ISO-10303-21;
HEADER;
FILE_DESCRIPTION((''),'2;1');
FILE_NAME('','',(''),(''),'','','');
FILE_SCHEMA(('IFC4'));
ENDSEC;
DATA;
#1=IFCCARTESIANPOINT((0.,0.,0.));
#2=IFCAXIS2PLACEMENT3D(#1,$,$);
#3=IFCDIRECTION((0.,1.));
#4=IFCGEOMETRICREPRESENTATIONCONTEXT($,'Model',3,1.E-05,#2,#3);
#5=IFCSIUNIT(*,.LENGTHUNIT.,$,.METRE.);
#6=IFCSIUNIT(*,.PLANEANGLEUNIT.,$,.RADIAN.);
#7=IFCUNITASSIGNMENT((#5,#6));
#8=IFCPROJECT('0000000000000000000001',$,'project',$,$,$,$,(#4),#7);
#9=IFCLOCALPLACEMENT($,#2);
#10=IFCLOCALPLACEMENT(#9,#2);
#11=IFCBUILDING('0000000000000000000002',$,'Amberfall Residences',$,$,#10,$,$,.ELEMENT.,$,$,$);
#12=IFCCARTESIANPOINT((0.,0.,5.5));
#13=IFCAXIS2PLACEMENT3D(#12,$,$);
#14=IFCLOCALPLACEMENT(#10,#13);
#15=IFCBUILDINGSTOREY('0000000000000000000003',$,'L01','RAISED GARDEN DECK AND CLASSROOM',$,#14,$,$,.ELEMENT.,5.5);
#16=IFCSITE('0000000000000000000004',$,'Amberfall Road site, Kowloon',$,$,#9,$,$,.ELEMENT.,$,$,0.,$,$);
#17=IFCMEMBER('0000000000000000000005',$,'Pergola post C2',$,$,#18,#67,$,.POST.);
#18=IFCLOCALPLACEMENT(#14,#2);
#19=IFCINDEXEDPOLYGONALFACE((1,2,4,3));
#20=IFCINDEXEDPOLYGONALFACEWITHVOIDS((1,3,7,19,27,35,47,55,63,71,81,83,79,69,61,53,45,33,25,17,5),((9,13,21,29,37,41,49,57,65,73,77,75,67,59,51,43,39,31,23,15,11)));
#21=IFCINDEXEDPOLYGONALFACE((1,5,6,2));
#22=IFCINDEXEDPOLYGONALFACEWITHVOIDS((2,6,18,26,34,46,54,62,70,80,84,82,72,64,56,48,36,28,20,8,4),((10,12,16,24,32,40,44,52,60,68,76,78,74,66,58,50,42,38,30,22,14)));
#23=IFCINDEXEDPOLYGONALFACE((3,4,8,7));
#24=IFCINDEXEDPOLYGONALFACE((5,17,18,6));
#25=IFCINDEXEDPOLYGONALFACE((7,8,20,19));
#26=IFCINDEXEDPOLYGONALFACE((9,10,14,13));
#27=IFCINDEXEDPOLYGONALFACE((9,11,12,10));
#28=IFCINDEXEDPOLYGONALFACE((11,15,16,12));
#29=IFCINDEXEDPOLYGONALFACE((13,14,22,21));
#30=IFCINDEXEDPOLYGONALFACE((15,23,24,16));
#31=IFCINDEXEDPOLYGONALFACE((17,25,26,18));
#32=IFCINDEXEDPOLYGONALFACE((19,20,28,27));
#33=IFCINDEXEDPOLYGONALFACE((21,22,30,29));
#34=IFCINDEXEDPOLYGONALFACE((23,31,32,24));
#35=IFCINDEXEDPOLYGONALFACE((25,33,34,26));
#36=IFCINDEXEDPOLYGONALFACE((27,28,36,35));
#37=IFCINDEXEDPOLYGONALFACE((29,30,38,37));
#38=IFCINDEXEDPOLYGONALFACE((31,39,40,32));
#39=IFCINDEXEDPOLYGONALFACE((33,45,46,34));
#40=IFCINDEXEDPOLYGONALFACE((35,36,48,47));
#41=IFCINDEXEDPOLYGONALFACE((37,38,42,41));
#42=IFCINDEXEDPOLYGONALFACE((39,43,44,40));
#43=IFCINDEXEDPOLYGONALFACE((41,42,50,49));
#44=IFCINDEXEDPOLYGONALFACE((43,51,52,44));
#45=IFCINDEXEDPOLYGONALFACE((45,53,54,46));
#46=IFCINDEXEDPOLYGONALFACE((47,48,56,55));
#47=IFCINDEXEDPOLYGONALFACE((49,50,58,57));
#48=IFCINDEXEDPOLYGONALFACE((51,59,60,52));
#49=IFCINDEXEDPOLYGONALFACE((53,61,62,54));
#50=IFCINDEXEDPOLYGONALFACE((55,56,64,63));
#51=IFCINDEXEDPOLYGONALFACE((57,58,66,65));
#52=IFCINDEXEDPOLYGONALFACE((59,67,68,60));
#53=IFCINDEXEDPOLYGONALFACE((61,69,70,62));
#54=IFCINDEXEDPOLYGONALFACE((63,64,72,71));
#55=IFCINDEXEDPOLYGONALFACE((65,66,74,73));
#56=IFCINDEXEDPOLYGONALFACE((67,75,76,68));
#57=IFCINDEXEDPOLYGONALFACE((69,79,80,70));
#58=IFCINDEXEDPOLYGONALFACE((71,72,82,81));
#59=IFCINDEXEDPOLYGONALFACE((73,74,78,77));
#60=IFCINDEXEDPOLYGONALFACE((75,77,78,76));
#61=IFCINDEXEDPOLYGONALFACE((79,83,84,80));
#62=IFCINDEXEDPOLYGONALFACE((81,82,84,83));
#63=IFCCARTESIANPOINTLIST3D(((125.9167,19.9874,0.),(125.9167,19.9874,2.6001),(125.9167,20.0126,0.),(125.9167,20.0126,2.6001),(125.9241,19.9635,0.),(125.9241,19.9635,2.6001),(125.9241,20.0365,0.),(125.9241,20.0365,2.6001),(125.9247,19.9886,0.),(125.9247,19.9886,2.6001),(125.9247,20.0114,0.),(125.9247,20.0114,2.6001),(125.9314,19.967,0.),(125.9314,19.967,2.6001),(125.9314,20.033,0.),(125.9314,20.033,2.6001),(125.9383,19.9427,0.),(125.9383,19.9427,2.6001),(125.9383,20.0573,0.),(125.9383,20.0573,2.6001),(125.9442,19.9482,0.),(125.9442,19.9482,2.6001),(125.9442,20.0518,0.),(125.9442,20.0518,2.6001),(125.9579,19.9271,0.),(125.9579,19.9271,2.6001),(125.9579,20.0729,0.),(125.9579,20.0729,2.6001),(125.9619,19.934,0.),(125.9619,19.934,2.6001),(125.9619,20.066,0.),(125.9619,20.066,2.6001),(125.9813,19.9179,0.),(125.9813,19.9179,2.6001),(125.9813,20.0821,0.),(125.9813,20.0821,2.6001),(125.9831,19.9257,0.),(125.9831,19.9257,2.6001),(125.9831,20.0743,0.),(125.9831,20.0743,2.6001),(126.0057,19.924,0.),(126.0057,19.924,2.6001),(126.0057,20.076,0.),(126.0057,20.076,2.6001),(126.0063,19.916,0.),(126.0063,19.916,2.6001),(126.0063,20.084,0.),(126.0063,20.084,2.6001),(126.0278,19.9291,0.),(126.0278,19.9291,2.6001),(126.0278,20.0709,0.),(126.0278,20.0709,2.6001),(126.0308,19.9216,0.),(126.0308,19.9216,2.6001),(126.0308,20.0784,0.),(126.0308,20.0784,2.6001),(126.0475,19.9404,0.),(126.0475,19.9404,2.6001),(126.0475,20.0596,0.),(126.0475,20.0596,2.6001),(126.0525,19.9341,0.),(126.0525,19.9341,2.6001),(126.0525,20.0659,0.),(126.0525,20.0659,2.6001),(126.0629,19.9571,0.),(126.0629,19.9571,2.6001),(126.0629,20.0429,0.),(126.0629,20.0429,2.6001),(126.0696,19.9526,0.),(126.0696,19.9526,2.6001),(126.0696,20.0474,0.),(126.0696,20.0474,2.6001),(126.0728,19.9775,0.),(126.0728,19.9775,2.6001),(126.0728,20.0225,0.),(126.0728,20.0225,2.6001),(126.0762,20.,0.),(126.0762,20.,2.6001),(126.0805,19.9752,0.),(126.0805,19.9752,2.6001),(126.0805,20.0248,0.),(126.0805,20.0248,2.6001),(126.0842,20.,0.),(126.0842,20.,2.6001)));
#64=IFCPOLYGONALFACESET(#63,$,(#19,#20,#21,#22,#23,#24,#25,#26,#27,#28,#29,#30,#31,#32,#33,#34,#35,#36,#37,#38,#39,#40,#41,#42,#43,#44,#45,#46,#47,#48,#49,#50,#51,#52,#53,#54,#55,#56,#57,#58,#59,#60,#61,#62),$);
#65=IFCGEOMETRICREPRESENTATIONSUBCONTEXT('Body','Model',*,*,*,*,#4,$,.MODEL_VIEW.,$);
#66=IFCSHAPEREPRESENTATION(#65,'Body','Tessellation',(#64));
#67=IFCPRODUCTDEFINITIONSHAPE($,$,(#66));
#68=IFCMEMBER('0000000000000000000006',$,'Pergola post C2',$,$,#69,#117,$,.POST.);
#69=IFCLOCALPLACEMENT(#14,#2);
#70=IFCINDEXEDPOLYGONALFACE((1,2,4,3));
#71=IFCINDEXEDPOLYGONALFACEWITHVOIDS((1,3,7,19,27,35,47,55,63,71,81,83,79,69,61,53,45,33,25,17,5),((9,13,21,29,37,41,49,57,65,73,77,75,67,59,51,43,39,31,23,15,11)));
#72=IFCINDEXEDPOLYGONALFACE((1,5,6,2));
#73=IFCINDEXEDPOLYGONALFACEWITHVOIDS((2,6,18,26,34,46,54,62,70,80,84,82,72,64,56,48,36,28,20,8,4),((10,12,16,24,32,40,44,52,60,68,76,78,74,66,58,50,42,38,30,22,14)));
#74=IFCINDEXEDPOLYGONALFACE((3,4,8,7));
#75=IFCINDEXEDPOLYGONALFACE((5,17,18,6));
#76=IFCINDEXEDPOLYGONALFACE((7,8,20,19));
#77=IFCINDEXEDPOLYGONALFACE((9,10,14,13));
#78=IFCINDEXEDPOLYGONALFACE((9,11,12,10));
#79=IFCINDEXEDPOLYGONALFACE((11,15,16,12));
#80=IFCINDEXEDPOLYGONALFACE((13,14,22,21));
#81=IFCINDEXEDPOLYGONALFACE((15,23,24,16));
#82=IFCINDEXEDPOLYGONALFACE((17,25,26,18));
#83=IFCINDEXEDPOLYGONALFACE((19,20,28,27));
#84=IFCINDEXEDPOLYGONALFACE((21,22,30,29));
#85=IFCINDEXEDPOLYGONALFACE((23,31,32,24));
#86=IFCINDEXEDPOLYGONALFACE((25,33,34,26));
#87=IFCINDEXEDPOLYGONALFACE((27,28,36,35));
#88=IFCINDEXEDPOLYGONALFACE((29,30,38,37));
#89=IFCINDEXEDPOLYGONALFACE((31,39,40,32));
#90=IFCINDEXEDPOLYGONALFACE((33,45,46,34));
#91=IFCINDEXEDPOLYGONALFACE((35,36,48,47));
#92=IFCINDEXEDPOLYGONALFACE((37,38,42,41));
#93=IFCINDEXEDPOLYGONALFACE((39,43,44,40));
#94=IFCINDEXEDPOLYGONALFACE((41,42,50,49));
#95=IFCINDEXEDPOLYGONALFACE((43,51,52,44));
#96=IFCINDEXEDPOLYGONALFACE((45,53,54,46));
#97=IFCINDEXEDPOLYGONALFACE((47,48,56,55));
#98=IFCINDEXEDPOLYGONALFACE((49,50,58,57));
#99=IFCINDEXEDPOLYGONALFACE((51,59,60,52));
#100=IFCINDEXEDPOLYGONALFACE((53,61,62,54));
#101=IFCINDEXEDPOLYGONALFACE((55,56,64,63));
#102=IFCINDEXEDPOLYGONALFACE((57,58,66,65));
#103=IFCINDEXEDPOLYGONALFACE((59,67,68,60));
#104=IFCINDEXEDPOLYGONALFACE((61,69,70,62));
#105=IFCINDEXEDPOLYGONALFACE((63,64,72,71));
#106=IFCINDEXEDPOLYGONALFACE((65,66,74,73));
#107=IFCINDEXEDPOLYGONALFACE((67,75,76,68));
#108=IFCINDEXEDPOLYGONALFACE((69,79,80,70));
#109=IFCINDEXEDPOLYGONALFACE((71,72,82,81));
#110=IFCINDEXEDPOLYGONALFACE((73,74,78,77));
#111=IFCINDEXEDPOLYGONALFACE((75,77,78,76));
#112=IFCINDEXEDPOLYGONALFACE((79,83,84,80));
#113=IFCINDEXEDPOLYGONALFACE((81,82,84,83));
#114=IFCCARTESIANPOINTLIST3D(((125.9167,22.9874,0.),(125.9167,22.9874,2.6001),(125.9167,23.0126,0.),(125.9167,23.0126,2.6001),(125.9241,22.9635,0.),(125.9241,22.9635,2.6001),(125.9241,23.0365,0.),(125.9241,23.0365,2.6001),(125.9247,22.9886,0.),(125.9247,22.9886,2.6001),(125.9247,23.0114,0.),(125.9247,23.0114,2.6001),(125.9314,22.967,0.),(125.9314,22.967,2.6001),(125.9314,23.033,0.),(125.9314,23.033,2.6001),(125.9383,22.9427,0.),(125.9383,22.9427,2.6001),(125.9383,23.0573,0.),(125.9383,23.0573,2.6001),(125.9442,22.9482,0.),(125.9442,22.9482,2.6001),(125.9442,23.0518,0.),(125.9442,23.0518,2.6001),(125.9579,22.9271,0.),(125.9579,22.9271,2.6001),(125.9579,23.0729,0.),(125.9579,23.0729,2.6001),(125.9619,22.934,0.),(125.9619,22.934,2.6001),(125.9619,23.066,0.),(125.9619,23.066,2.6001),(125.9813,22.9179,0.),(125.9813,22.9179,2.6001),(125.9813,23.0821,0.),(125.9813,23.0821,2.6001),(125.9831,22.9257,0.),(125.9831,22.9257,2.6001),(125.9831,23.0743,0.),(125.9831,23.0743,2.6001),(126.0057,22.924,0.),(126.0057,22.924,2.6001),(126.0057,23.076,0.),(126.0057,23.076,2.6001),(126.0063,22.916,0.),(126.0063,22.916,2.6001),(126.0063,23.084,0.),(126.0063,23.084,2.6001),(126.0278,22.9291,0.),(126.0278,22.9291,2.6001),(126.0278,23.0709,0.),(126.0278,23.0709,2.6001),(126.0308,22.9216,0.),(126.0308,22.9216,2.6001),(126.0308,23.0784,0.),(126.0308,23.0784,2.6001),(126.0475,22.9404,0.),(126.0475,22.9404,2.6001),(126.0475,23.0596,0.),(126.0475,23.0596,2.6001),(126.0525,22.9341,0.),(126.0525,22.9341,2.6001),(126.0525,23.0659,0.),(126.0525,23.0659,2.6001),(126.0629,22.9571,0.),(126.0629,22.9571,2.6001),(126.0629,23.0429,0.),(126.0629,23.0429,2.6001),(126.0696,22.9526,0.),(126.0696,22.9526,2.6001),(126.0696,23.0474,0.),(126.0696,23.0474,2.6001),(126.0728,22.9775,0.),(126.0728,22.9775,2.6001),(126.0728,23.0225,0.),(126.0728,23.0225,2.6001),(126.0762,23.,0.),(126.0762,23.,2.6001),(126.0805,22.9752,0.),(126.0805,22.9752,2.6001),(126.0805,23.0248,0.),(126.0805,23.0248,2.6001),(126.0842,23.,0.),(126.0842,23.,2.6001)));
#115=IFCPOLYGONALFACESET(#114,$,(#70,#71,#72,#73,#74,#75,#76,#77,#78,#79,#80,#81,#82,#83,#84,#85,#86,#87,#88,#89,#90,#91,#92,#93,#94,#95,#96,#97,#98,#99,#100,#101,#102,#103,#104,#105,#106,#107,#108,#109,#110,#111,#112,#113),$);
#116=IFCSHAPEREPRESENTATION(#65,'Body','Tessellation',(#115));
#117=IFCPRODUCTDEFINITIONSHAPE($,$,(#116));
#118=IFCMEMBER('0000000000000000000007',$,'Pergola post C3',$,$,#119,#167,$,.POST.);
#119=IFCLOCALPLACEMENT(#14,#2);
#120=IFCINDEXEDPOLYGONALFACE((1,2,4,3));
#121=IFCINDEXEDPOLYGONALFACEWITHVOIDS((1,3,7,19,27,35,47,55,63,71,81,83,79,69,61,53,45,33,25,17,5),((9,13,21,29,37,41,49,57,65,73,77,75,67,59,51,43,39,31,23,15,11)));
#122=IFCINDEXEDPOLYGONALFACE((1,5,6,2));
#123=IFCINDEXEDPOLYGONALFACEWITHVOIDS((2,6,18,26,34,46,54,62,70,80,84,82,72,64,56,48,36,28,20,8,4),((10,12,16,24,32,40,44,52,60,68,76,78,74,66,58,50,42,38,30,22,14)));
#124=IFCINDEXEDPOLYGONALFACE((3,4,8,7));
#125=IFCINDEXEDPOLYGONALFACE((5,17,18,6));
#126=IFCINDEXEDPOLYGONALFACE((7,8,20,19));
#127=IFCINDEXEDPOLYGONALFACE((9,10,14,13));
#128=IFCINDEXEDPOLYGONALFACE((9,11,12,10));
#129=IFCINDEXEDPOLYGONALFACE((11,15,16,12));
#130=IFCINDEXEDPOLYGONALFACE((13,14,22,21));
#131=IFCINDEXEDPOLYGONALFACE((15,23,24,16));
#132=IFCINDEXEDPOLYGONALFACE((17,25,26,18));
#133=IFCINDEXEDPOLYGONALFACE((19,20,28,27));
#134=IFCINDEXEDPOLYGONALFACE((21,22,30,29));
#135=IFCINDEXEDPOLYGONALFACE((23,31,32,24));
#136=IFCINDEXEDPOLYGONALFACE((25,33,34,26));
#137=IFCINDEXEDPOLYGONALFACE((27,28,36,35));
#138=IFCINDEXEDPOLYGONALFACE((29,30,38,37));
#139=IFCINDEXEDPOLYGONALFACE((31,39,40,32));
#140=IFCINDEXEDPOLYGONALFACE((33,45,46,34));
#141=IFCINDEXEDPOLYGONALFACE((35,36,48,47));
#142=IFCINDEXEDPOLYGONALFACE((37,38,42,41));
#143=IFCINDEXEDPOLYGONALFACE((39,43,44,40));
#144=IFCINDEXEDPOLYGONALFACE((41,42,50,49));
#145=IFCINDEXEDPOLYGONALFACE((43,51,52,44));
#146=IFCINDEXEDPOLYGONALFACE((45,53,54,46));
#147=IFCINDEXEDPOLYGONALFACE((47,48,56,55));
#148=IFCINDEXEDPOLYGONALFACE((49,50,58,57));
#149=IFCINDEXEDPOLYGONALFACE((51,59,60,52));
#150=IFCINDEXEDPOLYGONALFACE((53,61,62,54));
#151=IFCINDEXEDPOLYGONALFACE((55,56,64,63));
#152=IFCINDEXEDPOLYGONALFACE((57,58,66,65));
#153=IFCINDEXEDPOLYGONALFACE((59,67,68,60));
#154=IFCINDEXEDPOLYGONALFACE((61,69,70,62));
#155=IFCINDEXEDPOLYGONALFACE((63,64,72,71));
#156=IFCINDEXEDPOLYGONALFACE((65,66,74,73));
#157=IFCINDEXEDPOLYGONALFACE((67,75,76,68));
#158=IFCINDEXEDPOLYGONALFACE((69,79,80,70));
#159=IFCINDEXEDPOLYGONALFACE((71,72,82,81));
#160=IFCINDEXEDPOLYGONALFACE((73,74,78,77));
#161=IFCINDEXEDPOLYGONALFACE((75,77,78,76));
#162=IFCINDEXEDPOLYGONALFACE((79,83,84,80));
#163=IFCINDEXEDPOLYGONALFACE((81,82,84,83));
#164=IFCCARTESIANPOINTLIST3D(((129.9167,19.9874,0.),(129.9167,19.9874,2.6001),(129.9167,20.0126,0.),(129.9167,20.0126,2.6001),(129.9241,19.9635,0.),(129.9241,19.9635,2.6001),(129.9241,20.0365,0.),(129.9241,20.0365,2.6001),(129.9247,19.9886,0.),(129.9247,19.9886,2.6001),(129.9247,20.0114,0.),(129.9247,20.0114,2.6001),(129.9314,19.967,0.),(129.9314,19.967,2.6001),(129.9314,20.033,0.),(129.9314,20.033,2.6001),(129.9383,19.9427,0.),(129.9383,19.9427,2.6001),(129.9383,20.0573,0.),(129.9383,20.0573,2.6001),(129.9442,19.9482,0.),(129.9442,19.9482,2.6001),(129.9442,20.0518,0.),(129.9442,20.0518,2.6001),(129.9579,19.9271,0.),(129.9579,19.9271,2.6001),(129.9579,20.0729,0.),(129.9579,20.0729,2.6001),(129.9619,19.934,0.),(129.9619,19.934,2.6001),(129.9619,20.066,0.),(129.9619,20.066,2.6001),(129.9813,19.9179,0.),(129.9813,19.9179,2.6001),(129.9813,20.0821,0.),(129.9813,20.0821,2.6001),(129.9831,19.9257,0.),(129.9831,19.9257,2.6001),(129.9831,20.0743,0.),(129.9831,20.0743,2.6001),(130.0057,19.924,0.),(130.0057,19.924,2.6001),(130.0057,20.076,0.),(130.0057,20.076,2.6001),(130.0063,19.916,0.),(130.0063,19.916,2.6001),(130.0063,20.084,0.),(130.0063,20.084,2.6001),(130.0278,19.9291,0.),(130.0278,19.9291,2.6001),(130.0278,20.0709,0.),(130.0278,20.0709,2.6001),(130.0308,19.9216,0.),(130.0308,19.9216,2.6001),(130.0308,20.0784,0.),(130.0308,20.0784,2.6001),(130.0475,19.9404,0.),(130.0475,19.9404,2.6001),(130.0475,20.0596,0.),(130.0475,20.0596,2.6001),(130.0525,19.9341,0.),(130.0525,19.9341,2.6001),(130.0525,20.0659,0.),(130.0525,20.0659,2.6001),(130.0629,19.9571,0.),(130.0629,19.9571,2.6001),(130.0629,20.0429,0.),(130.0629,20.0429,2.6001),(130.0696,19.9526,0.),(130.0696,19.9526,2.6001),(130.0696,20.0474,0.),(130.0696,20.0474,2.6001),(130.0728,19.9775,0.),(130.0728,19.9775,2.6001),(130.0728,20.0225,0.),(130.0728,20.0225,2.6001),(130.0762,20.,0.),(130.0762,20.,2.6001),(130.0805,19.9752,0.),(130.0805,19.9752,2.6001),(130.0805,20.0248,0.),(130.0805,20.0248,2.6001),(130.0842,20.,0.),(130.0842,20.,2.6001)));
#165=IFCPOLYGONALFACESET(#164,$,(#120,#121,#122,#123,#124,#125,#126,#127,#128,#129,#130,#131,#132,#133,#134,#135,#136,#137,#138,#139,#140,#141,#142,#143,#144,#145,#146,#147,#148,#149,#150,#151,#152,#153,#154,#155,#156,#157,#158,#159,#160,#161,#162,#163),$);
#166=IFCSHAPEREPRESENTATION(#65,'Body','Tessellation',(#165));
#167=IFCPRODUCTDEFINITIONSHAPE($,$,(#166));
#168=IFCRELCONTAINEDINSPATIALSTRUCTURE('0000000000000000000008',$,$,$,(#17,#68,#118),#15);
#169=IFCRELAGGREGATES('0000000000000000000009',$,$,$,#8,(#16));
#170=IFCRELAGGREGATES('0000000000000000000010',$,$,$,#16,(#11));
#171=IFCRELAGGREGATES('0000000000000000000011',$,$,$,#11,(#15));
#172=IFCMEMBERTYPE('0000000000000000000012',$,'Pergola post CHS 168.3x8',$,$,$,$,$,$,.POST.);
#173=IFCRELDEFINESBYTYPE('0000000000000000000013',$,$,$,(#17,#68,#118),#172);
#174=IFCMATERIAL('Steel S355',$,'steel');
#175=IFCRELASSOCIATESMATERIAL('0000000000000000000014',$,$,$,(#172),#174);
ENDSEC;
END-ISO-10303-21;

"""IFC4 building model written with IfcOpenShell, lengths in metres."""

from ifc_helpers import new_model, si_unit, direction, frame, origin, origin_2d, place, context, subcontext, project, spatial, hollow_circle, extrude, material, material_profile, profile_set, type_object, element, save


model = new_model("IFC4")

# Units and contexts
model_context = context("Model", 3, precision=1e-05, world=origin(), true_north=direction((0.0, 1.0)))
body_context = subcontext(model_context, "Body", "Model", "MODEL_VIEW")
ifc_project = project(units=[si_unit("LENGTHUNIT", "METRE"), si_unit("PLANEANGLEUNIT", "RADIAN")], contexts=[model_context])

# Site, building, storey
site_placement = place(None, origin())
site = spatial("IfcSite", under=ifc_project, at=site_placement, Name="Amberfall Road site, Kowloon", CompositionType="ELEMENT", RefElevation=0.0)
building_placement = place(site_placement, origin())
building = spatial("IfcBuilding", under=site, at=building_placement, Name="Amberfall Residences", CompositionType="ELEMENT")
storey_placement = place(building_placement, frame((0.0, 0.0, 5.5)))
storey = spatial("IfcBuildingStorey", under=building, at=storey_placement, Name="L01", Description="RAISED GARDEN DECK AND CLASSROOM", CompositionType="ELEMENT", Elevation=5.5)

# Members
ifc_material_1 = material(Name="Steel S355", Category="steel")
ifc_material_profile_1 = material_profile(ifc_material_1, hollow_circle(Radius=0.0842, WallThickness=0.0081, at=origin_2d()), Name="CHS 168.3x8")
ifc_profile_set_1 = profile_set([ifc_material_profile_1], Name="Steel S355")
member_type_1 = type_object("IfcMemberType", Name="Pergola post CHS 168.3x8", PredefinedType="POST", material=ifc_profile_set_1)
for number, where, z_axis, x_axis, name in (
    (1, (126.0, 20.0, 0.0), (0.0, 0.0, 1.0), (1.0, 0.0, 0.0), "Pergola post C2"),
    (2, (126.0, 23.0, 0.0), (0.0, 0.0, 1.0), (1.0, 0.0, 0.0), "Pergola post C2"),
    (3, (130.0, 20.0, 0.0), (0.0, 0.0, 1.0), (1.0, 0.0, 0.0), "Pergola post C3"),
):
    element("IfcMember", number, at=place(storey_placement, frame(where, z_axis=z_axis, x_axis=x_axis)), inside=storey, type_object=member_type_1, Name=name, PredefinedType="POST", context=body_context, shape_type="SweptSolid", body=[
        extrude(hollow_circle(Radius=0.0842, WallThickness=0.0081, at=origin_2d()), origin(), (0.0, 0.0, 1.0), 2.6001),
    ])

save(model, "model.ifc")
